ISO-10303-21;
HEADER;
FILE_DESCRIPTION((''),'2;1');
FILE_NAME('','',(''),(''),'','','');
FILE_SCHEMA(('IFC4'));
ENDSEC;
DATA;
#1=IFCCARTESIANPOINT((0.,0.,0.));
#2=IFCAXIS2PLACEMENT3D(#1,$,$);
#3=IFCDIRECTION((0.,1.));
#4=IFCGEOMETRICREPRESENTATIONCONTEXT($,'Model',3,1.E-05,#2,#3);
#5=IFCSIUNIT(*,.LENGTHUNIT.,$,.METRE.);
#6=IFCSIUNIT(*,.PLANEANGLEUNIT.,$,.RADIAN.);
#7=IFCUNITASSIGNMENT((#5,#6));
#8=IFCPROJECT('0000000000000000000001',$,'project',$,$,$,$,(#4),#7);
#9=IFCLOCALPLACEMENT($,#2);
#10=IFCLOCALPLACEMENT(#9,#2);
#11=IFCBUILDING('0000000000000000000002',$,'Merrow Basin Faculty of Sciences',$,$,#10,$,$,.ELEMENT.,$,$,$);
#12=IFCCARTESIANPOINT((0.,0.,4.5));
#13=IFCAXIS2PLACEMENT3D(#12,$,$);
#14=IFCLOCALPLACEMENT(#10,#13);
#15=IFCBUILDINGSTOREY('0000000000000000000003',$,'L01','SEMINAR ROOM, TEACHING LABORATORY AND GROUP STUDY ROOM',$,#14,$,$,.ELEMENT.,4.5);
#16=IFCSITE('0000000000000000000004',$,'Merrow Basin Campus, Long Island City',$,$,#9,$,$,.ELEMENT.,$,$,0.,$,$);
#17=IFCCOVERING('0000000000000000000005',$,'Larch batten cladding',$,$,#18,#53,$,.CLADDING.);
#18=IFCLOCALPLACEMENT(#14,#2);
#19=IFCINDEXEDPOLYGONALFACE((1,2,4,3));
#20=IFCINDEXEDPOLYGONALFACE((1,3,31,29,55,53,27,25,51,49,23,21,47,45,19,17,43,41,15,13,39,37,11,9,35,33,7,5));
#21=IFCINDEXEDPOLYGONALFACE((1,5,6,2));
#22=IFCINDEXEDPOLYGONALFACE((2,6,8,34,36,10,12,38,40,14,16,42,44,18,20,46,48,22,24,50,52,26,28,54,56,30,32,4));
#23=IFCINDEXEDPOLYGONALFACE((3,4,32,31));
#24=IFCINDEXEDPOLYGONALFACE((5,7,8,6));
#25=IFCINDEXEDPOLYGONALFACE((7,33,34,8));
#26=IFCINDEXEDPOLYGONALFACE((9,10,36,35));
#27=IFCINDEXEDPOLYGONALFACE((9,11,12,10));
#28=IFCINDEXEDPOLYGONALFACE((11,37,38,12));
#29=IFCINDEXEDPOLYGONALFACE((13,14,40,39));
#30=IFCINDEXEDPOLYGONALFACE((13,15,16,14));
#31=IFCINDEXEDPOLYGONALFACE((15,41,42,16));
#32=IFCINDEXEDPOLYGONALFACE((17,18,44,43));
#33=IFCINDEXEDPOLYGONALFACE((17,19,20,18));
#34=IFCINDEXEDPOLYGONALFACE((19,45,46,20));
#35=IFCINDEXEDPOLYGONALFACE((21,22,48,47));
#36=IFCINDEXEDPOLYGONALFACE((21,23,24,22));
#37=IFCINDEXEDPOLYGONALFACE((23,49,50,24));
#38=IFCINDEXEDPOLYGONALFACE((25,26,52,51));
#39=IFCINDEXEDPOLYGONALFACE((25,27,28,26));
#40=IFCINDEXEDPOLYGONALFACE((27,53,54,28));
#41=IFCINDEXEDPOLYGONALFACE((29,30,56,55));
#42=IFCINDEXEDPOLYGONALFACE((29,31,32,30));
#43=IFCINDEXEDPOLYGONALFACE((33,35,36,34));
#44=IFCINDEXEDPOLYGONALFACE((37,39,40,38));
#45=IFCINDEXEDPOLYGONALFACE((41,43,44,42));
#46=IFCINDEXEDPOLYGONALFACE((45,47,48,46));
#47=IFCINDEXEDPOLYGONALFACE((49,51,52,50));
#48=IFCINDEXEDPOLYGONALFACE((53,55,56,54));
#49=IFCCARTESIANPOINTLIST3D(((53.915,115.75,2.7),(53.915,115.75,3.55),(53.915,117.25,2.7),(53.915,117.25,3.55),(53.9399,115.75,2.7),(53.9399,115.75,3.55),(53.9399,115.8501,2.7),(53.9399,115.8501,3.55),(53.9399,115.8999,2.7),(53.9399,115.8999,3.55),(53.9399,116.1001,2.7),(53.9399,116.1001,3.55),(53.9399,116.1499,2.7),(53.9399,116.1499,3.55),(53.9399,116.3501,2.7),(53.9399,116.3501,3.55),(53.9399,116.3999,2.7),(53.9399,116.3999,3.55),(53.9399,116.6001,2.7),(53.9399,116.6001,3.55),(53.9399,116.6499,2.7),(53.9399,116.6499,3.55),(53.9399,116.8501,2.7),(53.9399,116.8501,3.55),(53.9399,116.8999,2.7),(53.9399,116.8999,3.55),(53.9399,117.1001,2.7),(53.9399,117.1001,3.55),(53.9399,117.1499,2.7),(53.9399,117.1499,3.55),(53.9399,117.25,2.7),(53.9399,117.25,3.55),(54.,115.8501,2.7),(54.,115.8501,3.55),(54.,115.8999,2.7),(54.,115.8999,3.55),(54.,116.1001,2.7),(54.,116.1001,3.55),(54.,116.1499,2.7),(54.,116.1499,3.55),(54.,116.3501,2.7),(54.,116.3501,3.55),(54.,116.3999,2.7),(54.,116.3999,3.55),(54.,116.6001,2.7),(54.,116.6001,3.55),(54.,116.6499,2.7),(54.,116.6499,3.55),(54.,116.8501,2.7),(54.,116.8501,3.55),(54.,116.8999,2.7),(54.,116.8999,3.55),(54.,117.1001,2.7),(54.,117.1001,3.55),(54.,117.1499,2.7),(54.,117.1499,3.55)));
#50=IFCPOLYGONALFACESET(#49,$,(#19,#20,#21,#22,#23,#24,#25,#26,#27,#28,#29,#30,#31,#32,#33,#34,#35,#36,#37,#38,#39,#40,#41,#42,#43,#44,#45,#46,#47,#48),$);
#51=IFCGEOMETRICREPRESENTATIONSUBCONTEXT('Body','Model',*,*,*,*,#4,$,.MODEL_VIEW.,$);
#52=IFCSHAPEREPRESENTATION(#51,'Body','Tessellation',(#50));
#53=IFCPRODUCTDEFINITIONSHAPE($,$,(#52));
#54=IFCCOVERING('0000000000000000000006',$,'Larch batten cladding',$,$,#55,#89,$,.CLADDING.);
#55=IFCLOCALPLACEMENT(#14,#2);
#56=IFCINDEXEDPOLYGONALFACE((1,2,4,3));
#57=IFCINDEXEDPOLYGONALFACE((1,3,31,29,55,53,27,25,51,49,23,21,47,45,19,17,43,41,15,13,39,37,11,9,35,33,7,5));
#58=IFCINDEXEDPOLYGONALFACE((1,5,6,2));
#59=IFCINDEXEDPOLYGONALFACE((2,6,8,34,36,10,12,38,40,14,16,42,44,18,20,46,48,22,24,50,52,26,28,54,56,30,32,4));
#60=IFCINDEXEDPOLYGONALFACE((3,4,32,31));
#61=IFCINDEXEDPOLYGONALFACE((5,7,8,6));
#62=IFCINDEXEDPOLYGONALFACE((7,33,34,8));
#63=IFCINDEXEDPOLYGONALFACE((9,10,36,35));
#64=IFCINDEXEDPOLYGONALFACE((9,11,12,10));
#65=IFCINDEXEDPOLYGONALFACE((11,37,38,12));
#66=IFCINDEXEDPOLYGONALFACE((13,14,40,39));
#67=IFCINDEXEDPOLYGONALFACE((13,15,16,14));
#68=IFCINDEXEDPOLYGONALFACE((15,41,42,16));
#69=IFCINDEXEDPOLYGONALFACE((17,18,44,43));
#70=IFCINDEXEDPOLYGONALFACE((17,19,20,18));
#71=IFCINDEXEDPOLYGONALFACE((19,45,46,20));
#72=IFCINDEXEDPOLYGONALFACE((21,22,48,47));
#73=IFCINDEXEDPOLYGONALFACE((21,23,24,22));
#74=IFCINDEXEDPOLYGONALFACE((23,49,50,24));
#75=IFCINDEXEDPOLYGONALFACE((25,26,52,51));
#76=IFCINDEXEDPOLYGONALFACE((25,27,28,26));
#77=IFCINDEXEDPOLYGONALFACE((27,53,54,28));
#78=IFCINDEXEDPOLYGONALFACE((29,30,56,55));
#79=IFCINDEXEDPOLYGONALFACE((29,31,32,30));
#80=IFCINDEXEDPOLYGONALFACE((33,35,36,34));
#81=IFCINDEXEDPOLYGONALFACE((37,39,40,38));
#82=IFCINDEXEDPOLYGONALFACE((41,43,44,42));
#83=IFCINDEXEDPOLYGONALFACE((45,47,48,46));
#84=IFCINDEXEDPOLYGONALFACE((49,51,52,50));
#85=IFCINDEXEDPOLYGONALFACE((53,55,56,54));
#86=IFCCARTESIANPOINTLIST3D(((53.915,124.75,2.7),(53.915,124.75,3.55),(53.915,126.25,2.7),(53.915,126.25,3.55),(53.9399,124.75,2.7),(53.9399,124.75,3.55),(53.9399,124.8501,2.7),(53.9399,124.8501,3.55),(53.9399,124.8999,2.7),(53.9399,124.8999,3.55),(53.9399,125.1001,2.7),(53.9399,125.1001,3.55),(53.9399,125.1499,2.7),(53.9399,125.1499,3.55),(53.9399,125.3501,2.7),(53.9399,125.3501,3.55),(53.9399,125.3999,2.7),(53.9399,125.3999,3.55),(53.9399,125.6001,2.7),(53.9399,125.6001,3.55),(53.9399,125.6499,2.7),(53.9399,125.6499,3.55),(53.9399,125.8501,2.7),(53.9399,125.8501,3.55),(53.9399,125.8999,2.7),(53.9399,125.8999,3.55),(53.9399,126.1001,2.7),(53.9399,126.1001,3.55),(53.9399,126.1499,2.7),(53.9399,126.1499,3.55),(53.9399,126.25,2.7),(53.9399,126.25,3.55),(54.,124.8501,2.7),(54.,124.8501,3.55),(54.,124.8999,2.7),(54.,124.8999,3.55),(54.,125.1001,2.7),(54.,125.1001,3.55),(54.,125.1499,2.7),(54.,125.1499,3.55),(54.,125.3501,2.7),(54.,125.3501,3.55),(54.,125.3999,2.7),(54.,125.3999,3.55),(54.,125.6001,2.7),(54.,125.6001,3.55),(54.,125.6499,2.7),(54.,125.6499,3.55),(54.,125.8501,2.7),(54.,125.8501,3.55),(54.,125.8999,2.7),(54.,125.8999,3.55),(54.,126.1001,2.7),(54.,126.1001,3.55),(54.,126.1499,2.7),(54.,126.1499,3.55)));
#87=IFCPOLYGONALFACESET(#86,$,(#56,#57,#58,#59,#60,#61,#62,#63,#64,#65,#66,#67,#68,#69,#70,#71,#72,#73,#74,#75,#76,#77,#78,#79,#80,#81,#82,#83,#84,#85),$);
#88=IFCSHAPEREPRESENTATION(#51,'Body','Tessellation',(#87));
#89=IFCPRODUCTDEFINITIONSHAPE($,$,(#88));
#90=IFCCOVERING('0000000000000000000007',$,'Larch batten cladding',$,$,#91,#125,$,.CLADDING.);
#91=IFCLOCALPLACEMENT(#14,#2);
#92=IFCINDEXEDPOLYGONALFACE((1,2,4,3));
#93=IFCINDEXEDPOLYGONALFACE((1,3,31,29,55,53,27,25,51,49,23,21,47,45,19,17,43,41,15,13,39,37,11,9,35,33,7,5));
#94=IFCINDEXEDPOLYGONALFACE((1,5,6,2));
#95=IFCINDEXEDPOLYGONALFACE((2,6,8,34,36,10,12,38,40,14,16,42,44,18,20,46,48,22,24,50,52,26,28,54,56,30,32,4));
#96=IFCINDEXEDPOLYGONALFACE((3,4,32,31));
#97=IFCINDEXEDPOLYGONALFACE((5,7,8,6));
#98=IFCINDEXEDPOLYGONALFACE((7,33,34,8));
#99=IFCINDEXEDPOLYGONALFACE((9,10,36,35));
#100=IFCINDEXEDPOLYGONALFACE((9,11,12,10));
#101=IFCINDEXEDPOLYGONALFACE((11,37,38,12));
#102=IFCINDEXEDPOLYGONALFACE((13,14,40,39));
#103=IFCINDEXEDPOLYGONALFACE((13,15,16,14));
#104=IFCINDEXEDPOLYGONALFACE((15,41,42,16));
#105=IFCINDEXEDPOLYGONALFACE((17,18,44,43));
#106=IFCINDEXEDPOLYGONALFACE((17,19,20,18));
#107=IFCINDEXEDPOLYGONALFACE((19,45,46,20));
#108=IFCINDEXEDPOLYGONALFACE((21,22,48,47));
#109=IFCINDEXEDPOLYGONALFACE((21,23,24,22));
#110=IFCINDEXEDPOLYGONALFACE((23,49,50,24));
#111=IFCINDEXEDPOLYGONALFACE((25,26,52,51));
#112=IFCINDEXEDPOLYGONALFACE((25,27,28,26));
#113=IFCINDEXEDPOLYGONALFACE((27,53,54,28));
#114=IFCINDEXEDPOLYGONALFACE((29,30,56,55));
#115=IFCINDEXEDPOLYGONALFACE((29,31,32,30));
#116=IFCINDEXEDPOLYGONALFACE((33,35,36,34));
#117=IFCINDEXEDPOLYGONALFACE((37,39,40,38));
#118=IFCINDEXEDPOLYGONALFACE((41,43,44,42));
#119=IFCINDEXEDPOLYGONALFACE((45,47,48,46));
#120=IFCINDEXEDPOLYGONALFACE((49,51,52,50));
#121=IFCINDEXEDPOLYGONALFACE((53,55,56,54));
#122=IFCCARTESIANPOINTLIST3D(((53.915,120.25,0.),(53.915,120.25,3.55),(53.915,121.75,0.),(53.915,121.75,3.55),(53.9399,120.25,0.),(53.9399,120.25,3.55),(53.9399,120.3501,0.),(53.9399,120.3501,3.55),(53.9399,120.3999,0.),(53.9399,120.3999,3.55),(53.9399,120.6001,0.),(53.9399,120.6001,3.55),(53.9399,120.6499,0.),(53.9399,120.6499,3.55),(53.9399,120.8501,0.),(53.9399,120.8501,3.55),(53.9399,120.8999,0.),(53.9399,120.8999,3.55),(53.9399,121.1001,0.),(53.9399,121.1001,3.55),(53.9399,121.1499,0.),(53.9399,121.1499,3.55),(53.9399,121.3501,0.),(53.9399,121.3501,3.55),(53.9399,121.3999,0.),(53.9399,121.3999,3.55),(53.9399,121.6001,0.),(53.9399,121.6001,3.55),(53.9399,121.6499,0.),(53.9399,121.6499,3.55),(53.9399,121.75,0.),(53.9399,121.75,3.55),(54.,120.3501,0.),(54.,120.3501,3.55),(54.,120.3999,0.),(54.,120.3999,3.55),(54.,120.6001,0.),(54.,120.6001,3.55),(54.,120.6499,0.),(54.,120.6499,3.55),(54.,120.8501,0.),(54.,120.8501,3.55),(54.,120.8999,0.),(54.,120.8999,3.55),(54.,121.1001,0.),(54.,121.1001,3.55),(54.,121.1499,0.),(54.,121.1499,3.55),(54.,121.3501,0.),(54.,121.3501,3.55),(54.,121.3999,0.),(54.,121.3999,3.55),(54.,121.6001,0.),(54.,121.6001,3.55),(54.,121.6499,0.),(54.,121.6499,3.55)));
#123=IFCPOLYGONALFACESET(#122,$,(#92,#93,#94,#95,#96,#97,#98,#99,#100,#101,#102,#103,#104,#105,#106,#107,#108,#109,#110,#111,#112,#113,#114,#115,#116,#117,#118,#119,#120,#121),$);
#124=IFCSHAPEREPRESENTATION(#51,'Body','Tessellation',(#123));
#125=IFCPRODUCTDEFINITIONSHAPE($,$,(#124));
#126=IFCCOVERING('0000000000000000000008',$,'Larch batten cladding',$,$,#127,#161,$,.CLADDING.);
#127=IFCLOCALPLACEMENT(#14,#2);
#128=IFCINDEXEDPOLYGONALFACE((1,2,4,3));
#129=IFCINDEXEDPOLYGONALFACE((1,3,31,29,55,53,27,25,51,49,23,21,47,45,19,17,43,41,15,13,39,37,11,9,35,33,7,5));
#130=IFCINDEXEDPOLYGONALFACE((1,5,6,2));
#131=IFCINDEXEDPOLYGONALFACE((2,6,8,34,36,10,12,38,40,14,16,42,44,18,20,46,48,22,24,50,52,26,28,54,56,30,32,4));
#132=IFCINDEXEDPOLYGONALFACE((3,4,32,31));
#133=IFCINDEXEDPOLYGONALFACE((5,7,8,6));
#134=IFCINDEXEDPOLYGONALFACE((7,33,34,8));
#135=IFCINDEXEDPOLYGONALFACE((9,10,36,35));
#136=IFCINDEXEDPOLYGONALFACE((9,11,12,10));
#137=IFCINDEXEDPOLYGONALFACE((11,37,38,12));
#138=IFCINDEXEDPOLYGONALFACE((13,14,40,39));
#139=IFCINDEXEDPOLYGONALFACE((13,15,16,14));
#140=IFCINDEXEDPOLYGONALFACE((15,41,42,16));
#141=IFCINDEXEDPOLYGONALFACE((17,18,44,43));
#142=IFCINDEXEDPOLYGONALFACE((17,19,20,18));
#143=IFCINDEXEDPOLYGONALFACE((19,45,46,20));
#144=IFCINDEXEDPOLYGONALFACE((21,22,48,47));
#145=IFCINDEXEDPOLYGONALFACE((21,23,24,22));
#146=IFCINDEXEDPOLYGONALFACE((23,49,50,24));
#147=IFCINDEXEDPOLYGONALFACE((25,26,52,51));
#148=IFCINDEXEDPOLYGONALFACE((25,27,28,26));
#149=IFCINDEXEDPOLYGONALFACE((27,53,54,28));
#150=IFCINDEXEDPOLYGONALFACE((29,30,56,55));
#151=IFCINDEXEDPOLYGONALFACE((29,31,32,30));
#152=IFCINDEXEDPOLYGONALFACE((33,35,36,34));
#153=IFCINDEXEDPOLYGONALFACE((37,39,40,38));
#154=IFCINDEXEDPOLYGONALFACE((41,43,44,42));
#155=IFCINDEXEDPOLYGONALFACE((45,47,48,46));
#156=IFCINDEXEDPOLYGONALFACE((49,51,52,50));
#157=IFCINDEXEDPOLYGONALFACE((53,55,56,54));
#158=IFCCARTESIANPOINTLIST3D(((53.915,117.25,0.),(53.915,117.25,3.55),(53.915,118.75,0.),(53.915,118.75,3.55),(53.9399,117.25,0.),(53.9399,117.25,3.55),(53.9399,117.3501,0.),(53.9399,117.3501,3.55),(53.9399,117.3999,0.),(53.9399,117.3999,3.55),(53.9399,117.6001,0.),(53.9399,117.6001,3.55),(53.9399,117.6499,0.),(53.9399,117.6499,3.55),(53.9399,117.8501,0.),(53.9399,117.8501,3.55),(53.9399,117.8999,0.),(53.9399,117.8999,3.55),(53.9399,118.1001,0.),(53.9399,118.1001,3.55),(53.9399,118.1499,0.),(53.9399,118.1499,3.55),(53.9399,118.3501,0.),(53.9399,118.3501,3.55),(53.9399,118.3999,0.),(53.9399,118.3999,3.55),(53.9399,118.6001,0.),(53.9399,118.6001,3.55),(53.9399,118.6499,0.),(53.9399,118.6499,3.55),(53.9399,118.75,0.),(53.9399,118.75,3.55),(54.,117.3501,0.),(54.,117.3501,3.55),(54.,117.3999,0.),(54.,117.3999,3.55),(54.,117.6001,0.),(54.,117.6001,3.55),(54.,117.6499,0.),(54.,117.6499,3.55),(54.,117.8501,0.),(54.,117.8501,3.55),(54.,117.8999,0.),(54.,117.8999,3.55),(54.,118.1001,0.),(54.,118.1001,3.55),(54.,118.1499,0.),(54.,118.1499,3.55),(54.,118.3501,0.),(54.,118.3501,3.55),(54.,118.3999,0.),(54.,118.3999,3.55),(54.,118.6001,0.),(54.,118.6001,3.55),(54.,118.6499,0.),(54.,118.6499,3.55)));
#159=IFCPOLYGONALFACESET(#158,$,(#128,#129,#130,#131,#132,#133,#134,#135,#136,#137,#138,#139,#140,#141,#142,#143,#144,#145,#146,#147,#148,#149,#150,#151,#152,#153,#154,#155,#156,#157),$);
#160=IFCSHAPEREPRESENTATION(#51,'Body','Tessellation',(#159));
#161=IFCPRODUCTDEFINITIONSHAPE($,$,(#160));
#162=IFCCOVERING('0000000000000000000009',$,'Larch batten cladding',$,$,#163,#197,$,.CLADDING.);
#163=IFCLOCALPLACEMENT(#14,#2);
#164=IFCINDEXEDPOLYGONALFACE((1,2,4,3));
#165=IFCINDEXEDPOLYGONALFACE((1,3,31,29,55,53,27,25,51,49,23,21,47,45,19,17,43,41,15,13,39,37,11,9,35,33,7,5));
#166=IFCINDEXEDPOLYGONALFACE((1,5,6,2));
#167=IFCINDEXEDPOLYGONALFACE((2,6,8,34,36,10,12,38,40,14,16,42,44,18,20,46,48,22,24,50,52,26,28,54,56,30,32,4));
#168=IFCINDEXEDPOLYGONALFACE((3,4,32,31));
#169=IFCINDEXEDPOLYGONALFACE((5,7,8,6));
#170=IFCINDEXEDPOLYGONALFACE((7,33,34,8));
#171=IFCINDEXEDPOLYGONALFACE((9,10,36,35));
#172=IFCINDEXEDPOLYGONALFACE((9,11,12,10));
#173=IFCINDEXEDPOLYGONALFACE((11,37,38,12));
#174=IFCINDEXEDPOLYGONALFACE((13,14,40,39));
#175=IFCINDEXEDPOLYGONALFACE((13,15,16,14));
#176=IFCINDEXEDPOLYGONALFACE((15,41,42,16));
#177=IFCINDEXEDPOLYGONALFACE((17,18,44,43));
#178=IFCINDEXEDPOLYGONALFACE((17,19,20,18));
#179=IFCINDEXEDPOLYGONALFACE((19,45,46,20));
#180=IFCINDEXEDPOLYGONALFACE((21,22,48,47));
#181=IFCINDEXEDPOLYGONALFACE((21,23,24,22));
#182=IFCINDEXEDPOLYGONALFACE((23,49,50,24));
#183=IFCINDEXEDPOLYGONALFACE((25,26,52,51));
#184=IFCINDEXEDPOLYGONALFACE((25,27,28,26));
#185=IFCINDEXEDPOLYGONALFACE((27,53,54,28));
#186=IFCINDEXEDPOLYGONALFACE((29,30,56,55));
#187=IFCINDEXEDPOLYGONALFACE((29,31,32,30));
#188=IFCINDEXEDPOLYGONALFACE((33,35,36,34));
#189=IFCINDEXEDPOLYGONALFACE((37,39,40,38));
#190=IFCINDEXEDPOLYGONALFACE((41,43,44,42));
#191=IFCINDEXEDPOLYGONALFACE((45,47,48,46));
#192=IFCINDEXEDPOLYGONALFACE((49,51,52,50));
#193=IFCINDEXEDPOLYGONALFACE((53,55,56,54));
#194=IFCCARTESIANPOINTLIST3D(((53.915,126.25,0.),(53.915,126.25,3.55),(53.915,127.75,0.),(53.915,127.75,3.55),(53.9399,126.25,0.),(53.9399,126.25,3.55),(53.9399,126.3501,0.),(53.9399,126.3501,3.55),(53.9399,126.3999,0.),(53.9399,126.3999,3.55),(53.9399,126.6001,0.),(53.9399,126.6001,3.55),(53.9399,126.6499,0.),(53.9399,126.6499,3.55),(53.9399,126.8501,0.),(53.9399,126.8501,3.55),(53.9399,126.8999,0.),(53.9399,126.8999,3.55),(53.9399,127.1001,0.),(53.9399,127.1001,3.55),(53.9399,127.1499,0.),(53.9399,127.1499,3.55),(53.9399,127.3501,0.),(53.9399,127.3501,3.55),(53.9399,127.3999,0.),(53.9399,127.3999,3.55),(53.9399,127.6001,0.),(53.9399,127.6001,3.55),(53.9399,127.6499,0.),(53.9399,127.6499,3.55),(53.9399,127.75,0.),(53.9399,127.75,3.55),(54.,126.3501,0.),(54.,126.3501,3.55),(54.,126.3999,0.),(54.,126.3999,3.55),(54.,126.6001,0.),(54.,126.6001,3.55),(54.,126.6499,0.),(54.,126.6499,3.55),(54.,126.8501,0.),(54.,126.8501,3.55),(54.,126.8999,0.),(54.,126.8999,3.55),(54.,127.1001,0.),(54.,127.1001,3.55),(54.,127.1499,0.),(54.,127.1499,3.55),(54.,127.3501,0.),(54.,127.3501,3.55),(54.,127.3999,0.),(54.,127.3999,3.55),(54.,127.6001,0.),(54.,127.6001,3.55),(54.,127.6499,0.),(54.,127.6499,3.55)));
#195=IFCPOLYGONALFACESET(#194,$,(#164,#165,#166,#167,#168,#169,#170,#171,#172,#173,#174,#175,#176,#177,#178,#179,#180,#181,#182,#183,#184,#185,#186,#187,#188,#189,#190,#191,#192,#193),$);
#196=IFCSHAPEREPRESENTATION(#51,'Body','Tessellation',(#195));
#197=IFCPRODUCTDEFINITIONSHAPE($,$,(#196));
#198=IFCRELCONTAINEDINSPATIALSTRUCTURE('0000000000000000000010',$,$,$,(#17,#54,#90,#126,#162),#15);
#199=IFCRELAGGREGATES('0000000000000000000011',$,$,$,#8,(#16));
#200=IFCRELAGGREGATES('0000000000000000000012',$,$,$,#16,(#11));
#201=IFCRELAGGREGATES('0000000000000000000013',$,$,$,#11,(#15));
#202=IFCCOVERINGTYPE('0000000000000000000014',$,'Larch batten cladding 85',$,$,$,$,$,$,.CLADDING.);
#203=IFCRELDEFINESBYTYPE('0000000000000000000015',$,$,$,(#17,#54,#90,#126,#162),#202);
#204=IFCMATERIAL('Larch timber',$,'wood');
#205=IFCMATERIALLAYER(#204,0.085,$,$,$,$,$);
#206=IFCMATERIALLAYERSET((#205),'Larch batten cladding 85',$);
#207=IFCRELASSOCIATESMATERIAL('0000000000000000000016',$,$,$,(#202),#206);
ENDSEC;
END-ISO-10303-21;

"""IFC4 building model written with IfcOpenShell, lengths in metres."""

from ifc_helpers import new_model, si_unit, direction, frame, origin, place, context, subcontext, project, spatial, polyline, outline, extrude, source, transform, mapped, material, layer, layer_set, type_object, element, save


model = new_model("IFC4")

# Units and contexts
model_context = context("Model", 3, precision=1e-05, world=origin(), true_north=direction((0.0, 1.0)))
body_context = subcontext(model_context, "Body", "Model", "MODEL_VIEW")
ifc_project = project(units=[si_unit("LENGTHUNIT", "METRE"), si_unit("PLANEANGLEUNIT", "RADIAN")], contexts=[model_context])

# Site, building, storey
site_placement = place(None, origin())
site = spatial("IfcSite", under=ifc_project, at=site_placement, Name="Merrow Basin Campus, Long Island City", CompositionType="ELEMENT", RefElevation=0.0)
building_placement = place(site_placement, origin())
building = spatial("IfcBuilding", under=site, at=building_placement, Name="Merrow Basin Faculty of Sciences", CompositionType="ELEMENT")
storey_placement = place(building_placement, frame((0.0, 0.0, 4.5)))
storey = spatial("IfcBuildingStorey", under=building, at=storey_placement, Name="L01", Description="SEMINAR ROOM, TEACHING LABORATORY AND GROUP STUDY ROOM", CompositionType="ELEMENT", Elevation=4.5)

# Coverings
ifc_material_1 = material(Name="Larch timber", Category="wood")
ifc_layer_1 = layer(ifc_material_1, 0.085)
ifc_layer_set_1 = layer_set([ifc_layer_1], Name="Larch batten cladding 85")
covering_type = type_object("IfcCoveringType", Name="Larch batten cladding 85", PredefinedType="CLADDING", material=ifc_layer_set_1)
shared_shape_1 = source(origin(), body_context, "Body", "SweptSolid", [
    extrude(outline(polyline([(0.0, 0.0), (1.5, 0.0), (1.5, 0.0249), (1.3999, 0.0249), (1.3999, 0.085), (1.3501, 0.085), (1.3501, 0.0249), (1.1499, 0.0249), (1.1499, 0.085), (1.1001, 0.085), (1.1001, 0.0249), (0.8999, 0.0249), (0.8999, 0.085), (0.8501, 0.085), (0.8501, 0.0249), (0.6499, 0.0249), (0.6499, 0.085), (0.6001, 0.085), (0.6001, 0.0249), (0.3999, 0.0249), (0.3999, 0.085), (0.3501, 0.085), (0.3501, 0.0249), (0.1499, 0.0249), (0.1499, 0.085), (0.1001, 0.085), (0.1001, 0.0249), (0.0, 0.0249), (0.0, 0.0)])), origin(), (0.0, 0.0, 1.0), 0.8501),
])
for number, where, z_axis, x_axis, name in (
    (1, (53.915, 117.25, 2.7), (0.0, 0.0, 1.0), (0.0, -1.0, 0.0), "Larch batten cladding"),
    (2, (53.915, 126.25, 2.7), (0.0, 0.0, 1.0), (0.0, -1.0, 0.0), "Larch batten cladding"),
):
    element("IfcCovering", number, at=place(storey_placement, frame(where, z_axis=z_axis, x_axis=x_axis)), inside=storey, type_object=covering_type, Name=name, PredefinedType="CLADDING", context=body_context, shape_type="MappedRepresentation", body=[
        mapped(shared_shape_1, transform((0.0, 0.0, 0.0), scale=1.0)),
    ])
shared_shape_2 = source(origin(), body_context, "Body", "SweptSolid", [
    extrude(outline(polyline([(0.0, 0.0), (1.5, 0.0), (1.5, 0.0249), (1.3999, 0.0249), (1.3999, 0.085), (1.3501, 0.085), (1.3501, 0.0249), (1.1499, 0.0249), (1.1499, 0.085), (1.1001, 0.085), (1.1001, 0.0249), (0.8999, 0.0249), (0.8999, 0.085), (0.8501, 0.085), (0.8501, 0.0249), (0.6499, 0.0249), (0.6499, 0.085), (0.6001, 0.085), (0.6001, 0.0249), (0.3999, 0.0249), (0.3999, 0.085), (0.3501, 0.085), (0.3501, 0.0249), (0.1499, 0.0249), (0.1499, 0.085), (0.1001, 0.085), (0.1001, 0.0249), (0.0, 0.0249), (0.0, 0.0)])), origin(), (0.0, 0.0, 1.0), 3.55),
])
for number, where, z_axis, x_axis, name in (
    (3, (53.915, 121.75, 0.0), (0.0, 0.0, 1.0), (0.0, -1.0, 0.0), "Larch batten cladding"),
    (4, (53.915, 118.75, 0.0), (0.0, 0.0, 1.0), (0.0, -1.0, 0.0), "Larch batten cladding"),
    (5, (53.915, 127.75, 0.0), (0.0, 0.0, 1.0), (0.0, -1.0, 0.0), "Larch batten cladding"),
):
    element("IfcCovering", number, at=place(storey_placement, frame(where, z_axis=z_axis, x_axis=x_axis)), inside=storey, type_object=covering_type, Name=name, PredefinedType="CLADDING", context=body_context, shape_type="MappedRepresentation", body=[
        mapped(shared_shape_2, transform((0.0, 0.0, 0.0), scale=1.0)),
    ])

save(model, "model.ifc")
